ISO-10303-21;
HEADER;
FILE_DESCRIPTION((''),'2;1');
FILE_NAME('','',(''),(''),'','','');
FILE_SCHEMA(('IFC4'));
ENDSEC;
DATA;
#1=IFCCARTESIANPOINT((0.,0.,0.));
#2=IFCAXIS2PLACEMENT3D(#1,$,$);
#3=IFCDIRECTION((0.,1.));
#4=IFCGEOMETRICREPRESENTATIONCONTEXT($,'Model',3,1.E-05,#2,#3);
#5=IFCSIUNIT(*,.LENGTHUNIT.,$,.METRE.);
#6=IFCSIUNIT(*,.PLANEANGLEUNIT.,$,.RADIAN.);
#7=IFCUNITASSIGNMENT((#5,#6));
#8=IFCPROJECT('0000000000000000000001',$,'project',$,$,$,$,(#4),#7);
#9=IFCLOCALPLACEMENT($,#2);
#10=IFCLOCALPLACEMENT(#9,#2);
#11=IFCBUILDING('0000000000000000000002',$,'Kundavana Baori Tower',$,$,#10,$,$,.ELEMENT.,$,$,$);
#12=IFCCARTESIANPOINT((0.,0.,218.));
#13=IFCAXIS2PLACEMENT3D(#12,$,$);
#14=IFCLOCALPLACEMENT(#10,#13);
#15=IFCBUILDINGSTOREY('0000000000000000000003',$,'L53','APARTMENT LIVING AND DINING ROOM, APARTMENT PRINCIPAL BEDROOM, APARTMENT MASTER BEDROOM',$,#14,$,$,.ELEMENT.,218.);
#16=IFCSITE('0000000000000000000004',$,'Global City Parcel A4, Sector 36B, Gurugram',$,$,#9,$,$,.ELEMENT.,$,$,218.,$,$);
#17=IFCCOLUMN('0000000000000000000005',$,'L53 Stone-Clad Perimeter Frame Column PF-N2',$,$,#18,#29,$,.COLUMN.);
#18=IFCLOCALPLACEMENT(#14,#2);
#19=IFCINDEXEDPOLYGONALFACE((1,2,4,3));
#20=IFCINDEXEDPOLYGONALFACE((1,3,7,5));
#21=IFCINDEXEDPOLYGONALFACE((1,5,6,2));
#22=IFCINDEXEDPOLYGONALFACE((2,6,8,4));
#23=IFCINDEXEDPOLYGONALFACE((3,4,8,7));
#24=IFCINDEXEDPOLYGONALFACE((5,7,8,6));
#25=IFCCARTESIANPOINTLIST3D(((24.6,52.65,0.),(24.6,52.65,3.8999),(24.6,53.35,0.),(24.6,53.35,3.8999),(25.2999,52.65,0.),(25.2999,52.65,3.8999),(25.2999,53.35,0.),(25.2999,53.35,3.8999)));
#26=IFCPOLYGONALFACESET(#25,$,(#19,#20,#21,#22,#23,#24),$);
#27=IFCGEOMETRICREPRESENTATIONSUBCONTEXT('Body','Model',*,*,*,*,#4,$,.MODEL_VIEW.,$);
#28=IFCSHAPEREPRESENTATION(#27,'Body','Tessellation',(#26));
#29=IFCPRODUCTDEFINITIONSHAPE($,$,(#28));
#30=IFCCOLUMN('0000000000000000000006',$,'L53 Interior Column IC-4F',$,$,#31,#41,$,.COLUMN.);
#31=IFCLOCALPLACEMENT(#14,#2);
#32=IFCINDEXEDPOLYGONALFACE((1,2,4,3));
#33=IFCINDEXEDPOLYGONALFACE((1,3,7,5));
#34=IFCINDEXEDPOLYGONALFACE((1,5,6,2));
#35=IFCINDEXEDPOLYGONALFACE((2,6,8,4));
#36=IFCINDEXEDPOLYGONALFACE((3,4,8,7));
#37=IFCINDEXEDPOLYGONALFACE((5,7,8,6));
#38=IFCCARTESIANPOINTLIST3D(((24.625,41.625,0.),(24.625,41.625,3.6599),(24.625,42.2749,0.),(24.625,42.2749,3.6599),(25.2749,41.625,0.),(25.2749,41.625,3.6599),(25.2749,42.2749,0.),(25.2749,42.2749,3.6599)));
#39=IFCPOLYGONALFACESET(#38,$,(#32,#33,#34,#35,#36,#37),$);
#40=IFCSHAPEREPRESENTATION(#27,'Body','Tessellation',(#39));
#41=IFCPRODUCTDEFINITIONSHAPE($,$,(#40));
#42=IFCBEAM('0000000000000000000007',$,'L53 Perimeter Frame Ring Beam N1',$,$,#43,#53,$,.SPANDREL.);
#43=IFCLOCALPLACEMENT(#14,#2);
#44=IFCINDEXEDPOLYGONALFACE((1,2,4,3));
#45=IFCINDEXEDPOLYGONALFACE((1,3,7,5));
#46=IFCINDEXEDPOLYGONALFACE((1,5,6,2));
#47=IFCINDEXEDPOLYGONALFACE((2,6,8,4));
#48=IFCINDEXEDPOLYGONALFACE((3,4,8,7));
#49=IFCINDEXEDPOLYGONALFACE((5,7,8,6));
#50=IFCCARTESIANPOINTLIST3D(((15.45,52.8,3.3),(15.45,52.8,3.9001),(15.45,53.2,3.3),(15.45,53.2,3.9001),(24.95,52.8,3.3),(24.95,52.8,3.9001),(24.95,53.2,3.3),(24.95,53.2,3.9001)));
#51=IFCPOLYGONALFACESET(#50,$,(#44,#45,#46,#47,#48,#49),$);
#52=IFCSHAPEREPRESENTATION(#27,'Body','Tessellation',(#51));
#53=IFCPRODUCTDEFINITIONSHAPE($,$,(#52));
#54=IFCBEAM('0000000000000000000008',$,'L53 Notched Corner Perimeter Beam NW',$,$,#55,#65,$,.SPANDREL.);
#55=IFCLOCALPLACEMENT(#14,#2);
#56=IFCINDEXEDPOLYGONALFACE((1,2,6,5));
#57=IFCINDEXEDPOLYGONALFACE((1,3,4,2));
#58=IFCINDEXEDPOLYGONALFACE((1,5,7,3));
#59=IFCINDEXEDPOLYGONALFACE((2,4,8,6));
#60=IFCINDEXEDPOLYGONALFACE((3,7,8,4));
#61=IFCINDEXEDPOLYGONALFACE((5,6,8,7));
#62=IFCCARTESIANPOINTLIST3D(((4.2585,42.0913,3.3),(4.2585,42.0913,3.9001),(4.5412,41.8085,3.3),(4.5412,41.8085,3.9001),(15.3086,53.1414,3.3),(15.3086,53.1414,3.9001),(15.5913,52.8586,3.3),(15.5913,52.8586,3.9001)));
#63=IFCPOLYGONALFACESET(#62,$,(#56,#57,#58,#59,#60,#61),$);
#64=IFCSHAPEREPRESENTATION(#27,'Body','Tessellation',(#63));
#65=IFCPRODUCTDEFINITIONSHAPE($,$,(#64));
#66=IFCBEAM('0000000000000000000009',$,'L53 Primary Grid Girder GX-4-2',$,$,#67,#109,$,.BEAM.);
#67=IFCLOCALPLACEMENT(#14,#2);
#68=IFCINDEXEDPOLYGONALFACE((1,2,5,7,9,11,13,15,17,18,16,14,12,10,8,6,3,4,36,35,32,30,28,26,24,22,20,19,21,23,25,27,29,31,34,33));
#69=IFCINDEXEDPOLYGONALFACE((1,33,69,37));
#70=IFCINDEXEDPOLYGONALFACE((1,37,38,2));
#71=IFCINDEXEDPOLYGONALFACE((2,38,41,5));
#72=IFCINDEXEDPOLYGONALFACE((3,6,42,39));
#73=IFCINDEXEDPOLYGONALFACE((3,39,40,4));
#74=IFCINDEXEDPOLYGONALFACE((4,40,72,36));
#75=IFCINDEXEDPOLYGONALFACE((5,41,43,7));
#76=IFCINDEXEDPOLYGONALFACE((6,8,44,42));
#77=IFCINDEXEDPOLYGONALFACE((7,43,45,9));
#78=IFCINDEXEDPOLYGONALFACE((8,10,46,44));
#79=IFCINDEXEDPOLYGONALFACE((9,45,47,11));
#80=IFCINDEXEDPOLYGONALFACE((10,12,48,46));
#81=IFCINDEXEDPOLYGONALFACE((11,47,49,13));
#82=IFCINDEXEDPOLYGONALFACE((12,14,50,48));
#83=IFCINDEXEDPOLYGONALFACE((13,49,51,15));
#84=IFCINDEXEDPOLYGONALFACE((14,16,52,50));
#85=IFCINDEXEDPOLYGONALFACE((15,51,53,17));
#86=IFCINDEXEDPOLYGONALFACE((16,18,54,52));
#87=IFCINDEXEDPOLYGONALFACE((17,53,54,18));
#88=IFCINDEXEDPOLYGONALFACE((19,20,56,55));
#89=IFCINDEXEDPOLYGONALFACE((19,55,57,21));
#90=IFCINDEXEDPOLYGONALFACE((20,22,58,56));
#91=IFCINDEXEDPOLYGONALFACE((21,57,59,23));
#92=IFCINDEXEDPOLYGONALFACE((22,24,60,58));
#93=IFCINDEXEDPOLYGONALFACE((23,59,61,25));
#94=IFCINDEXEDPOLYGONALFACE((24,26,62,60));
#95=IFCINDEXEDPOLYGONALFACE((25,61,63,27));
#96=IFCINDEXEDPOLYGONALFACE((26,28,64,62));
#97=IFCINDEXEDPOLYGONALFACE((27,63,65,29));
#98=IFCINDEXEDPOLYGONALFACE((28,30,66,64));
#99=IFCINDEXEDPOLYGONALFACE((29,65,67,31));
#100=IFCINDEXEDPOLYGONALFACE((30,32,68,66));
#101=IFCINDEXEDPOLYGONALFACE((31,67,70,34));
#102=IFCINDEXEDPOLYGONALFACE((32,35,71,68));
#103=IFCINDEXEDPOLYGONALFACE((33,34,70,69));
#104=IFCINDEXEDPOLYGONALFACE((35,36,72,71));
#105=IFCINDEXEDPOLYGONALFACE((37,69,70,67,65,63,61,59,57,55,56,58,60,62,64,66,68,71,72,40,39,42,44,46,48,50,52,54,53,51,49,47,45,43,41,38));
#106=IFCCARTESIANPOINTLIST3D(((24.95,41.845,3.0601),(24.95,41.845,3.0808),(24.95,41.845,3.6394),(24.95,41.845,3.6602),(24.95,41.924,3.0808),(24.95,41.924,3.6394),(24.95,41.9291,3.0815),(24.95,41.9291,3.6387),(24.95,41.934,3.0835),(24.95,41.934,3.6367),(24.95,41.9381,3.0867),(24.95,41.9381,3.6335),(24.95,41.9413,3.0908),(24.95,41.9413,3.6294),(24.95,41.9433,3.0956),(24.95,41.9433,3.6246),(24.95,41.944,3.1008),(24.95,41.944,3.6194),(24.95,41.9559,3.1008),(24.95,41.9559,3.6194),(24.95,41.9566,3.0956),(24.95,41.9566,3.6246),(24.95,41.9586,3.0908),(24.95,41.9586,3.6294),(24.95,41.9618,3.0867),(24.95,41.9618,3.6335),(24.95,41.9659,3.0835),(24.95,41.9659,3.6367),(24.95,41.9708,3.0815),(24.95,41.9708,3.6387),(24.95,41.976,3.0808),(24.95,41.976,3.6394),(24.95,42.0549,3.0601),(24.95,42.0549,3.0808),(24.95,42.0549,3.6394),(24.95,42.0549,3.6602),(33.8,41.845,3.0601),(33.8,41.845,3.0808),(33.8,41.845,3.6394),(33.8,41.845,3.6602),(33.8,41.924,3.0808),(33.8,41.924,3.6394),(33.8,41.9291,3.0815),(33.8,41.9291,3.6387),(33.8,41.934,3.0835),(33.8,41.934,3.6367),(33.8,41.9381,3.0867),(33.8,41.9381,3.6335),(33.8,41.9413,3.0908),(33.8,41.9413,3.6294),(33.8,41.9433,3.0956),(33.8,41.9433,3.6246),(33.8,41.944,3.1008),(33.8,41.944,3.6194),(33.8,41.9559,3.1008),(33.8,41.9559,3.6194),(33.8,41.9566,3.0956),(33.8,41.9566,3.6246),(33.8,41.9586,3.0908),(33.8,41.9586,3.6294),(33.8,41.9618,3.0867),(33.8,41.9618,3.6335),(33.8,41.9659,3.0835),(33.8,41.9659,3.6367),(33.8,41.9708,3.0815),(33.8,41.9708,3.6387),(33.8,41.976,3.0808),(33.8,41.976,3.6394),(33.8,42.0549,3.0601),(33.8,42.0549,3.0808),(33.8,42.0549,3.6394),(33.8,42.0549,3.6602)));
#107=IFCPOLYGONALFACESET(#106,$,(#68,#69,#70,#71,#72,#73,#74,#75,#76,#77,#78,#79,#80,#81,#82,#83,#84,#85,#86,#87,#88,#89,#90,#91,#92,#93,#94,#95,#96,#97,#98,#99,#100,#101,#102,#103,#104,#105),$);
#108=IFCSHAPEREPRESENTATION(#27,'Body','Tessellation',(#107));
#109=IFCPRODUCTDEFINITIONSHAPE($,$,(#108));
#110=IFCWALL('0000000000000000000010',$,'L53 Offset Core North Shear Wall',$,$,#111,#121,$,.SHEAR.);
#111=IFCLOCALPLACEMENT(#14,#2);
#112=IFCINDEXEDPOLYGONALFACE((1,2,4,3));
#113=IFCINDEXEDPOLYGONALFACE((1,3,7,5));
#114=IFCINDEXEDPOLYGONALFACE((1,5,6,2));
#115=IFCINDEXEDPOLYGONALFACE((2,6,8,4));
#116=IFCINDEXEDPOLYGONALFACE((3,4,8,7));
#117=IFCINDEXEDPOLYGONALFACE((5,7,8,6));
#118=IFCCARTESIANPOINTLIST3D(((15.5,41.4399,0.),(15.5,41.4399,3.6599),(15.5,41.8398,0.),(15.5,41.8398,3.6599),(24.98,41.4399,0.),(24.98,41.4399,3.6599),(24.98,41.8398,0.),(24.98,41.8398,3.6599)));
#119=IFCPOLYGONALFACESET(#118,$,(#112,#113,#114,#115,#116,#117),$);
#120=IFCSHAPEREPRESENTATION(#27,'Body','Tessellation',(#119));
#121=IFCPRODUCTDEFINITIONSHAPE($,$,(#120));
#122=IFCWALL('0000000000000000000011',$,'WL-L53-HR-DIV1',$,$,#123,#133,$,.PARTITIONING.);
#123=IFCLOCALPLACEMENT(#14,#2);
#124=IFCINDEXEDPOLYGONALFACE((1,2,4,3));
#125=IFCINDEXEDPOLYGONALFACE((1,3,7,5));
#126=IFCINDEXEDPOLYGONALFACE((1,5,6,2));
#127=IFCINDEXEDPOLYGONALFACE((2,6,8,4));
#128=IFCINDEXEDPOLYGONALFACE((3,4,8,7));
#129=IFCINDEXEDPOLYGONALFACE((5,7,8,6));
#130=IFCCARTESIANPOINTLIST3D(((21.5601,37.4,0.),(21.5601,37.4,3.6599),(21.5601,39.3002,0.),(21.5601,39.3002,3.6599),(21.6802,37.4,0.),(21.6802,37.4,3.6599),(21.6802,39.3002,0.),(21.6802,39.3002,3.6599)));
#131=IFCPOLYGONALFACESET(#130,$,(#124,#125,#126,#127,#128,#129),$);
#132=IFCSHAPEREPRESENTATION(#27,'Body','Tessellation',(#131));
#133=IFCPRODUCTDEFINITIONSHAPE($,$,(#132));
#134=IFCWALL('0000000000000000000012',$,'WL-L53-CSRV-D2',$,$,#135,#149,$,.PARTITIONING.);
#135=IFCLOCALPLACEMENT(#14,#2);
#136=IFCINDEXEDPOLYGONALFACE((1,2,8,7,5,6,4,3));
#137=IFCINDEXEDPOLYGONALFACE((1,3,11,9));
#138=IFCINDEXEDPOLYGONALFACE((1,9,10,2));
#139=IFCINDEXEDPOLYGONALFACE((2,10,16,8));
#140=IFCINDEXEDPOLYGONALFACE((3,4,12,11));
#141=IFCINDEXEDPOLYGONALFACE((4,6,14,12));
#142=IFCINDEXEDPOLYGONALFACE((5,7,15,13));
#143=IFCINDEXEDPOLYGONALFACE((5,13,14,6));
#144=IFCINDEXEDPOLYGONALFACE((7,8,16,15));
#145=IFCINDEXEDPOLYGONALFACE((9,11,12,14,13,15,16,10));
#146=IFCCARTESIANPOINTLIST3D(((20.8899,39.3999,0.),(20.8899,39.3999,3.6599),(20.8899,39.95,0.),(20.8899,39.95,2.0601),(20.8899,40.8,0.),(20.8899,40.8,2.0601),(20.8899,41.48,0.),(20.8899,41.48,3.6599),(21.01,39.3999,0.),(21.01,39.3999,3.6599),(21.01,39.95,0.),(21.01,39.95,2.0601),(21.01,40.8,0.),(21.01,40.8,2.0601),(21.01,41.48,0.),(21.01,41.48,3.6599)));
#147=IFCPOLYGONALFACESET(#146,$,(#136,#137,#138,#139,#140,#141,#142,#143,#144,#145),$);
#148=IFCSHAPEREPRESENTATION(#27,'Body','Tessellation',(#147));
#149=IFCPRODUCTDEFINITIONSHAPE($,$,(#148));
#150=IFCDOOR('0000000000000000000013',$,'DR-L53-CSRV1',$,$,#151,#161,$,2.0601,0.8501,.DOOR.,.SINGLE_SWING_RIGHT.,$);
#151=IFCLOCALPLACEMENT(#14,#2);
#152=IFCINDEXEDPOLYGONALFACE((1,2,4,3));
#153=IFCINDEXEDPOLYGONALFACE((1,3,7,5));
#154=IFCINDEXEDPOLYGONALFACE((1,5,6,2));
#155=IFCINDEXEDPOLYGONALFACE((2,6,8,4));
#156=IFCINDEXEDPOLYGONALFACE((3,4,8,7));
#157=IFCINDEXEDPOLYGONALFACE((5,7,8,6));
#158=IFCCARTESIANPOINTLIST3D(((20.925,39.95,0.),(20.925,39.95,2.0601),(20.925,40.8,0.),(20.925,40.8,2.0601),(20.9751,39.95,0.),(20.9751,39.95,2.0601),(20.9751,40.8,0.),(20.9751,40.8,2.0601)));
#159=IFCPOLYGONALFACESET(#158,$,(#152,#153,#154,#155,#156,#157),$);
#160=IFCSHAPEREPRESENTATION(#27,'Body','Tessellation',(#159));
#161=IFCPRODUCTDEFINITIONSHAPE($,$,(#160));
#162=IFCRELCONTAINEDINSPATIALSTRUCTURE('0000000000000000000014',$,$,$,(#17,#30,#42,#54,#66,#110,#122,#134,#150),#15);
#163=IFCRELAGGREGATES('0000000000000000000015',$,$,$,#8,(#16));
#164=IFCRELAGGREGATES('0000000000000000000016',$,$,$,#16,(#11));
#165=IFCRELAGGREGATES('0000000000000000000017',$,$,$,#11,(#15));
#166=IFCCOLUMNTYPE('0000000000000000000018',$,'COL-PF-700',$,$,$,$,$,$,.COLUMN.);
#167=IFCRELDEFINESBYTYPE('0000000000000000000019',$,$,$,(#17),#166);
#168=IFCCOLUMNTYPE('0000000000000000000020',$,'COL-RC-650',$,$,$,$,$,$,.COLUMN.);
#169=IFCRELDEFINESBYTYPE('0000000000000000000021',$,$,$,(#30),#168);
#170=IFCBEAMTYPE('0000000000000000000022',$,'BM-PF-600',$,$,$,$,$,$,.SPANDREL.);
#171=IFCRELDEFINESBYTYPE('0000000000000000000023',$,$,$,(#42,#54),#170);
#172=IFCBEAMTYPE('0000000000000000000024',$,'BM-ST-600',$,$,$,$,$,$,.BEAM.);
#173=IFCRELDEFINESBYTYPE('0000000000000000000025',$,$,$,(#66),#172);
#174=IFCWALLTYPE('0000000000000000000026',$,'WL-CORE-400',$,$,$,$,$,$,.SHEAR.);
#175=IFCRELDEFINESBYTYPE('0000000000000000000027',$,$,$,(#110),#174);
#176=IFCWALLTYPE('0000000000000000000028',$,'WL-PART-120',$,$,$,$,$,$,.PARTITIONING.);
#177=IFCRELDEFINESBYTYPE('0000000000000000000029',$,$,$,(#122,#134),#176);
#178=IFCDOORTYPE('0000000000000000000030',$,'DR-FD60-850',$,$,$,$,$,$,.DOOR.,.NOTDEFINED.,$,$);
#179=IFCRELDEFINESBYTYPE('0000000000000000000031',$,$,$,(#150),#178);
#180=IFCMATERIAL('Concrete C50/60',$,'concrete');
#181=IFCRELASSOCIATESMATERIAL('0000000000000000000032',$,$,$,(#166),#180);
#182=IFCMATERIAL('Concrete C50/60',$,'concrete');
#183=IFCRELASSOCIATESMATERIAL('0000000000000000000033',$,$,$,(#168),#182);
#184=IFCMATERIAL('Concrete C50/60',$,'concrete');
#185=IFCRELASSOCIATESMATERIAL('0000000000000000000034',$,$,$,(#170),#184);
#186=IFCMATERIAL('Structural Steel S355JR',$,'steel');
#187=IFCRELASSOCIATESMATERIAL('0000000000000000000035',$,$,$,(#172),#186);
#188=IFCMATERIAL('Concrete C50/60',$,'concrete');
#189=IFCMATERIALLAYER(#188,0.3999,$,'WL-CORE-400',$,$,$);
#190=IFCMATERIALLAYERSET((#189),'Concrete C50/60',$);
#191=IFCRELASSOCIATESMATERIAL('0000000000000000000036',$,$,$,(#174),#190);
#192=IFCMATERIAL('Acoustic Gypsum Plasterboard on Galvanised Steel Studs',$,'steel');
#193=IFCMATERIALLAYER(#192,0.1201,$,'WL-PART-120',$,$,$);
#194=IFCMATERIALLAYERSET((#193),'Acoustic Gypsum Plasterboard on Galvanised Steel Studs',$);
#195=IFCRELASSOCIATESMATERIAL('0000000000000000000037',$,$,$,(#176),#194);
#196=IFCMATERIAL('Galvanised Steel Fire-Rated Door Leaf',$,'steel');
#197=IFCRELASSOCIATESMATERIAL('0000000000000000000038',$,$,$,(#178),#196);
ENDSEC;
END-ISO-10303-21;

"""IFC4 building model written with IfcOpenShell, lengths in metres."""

from ifc_helpers import new_model, si_unit, direction, frame, frame_2d, origin, origin_2d, place, context, subcontext, project, spatial, rectangle, i_section, extrude, material, layer, layer_set, material_profile, profile_set, type_object, element, fill, save


model = new_model("IFC4")

# Units and contexts
model_context = context("Model", 3, precision=1e-05, world=origin(), true_north=direction((0.0, 1.0)))
body_context = subcontext(model_context, "Body", "Model", "MODEL_VIEW")
ifc_project = project(units=[si_unit("LENGTHUNIT", "METRE"), si_unit("PLANEANGLEUNIT", "RADIAN")], contexts=[model_context])

# Site, building, storey
site_placement = place(None, origin())
site = spatial("IfcSite", under=ifc_project, at=site_placement, Name="Global City Parcel A4, Sector 36B, Gurugram", CompositionType="ELEMENT", RefElevation=218.0)
building_placement = place(site_placement, origin())
building = spatial("IfcBuilding", under=site, at=building_placement, Name="Kundavana Baori Tower", CompositionType="ELEMENT")
storey_placement = place(building_placement, frame((0.0, 0.0, 218.0)))
storey = spatial("IfcBuildingStorey", under=building, at=storey_placement, Name="L53", Description="APARTMENT LIVING AND DINING ROOM, APARTMENT PRINCIPAL BEDROOM, APARTMENT MASTER BEDROOM", CompositionType="ELEMENT", Elevation=218.0)

# Columns
ifc_material_1 = material(Name="Concrete C50/60", Category="concrete")
ifc_material_profile_1 = material_profile(ifc_material_1, rectangle(XDim=0.7, YDim=0.7, at=origin_2d()), Name="RC PF 700x700")
ifc_profile_set_1 = profile_set([ifc_material_profile_1], Name="Concrete C50/60")
column_type_1 = type_object("IfcColumnType", Name="COL-PF-700", PredefinedType="COLUMN", material=ifc_profile_set_1)
column_1_placement = place(storey_placement, frame((24.95, 53.0, 0.0), z_axis=(0.0, 0.0, 1.0), x_axis=(1.0, 0.0, 0.0)))
element("IfcColumn", 1, at=column_1_placement, inside=storey, type_object=column_type_1, Name="L53 Stone-Clad Perimeter Frame Column PF-N2", PredefinedType="COLUMN", context=body_context, shape_type="SweptSolid", body=[
    extrude(rectangle(XDim=0.7, YDim=0.7, at=origin_2d()), origin(), (0.0, 0.0, 1.0), 3.8999),
])
ifc_material_2 = material(Name="Concrete C50/60", Category="concrete")
ifc_material_profile_2 = material_profile(ifc_material_2, rectangle(XDim=0.6499, YDim=0.6499, at=origin_2d()), Name="RC 650x650")
ifc_profile_set_2 = profile_set([ifc_material_profile_2], Name="Concrete C50/60")
column_type_2 = type_object("IfcColumnType", Name="COL-RC-650", PredefinedType="COLUMN", material=ifc_profile_set_2)
column_2_placement = place(storey_placement, frame((24.95, 41.95, 0.0), z_axis=(0.0, 0.0, 1.0), x_axis=(1.0, 0.0, 0.0)))
element("IfcColumn", 2, at=column_2_placement, inside=storey, type_object=column_type_2, Name="L53 Interior Column IC-4F", PredefinedType="COLUMN", context=body_context, shape_type="SweptSolid", body=[
    extrude(rectangle(XDim=0.6499, YDim=0.6499, at=origin_2d()), origin(), (0.0, 0.0, 1.0), 3.6599),
])

# Beams
ifc_material_3 = material(Name="Concrete C50/60", Category="concrete")
ifc_material_profile_3 = material_profile(ifc_material_3, rectangle(XDim=0.3999, YDim=0.6001, at=origin_2d()), Name="RC BM 400x600")
ifc_profile_set_3 = profile_set([ifc_material_profile_3], Name="Concrete C50/60")
beam_type_1 = type_object("IfcBeamType", Name="BM-PF-600", PredefinedType="SPANDREL", material=ifc_profile_set_3)
beam_1_placement = place(storey_placement, frame((15.45, 53.0, 3.6001), z_axis=(1.0, 0.0, 0.0), x_axis=(0.0, 1.0, 0.0)))
element("IfcBeam", 3, at=beam_1_placement, inside=storey, type_object=beam_type_1, Name="L53 Perimeter Frame Ring Beam N1", PredefinedType="SPANDREL", context=body_context, shape_type="SweptSolid", body=[
    extrude(rectangle(XDim=0.3999, YDim=0.6001, at=origin_2d()), origin(), (0.0, 0.0, 1.0), 9.5),
])
beam_2_placement = place(storey_placement, frame((15.45, 53.0, 3.6001), z_axis=(-0.707107, -0.707107, 0.0), x_axis=(0.707107, -0.707107, 0.0)))
element("IfcBeam", 4, at=beam_2_placement, inside=storey, type_object=beam_type_1, Name="L53 Notched Corner Perimeter Beam NW", PredefinedType="SPANDREL", context=body_context, shape_type="SweptSolid", body=[
    extrude(rectangle(XDim=0.3999, YDim=0.6001, at=origin_2d()), origin(), (0.0, 0.0, 1.0), 15.6272),
])
ifc_material_4 = material(Name="Structural Steel S355JR", Category="steel")
ifc_material_profile_4 = material_profile(ifc_material_4, i_section(OverallWidth=0.21, OverallDepth=0.6001, WebThickness=0.012, FlangeThickness=0.0208, FilletRadius=0.02, at=origin_2d()), Name="ISMB 600")
ifc_profile_set_4 = profile_set([ifc_material_profile_4], Name="Structural Steel S355JR")
beam_type_2 = type_object("IfcBeamType", Name="BM-ST-600", PredefinedType="BEAM", material=ifc_profile_set_4)
beam_3_placement = place(storey_placement, frame((24.95, 41.95, 3.3601), z_axis=(1.0, 0.0, 0.0), x_axis=(0.0, 1.0, 0.0)))
element("IfcBeam", 5, at=beam_3_placement, inside=storey, type_object=beam_type_2, Name="L53 Primary Grid Girder GX-4-2", PredefinedType="BEAM", context=body_context, shape_type="SweptSolid", body=[
    extrude(i_section(OverallWidth=0.21, OverallDepth=0.6001, WebThickness=0.012, FlangeThickness=0.0208, FilletRadius=0.02, at=origin_2d()), origin(), (0.0, 0.0, 1.0), 8.8501),
])

# Walls
ifc_material_5 = material(Name="Concrete C50/60", Category="concrete")
ifc_layer_1 = layer(ifc_material_5, 0.3999, Name="WL-CORE-400")
ifc_layer_set_1 = layer_set([ifc_layer_1], Name="Concrete C50/60")
wall_type_1 = type_object("IfcWallType", Name="WL-CORE-400", PredefinedType="SHEAR", material=ifc_layer_set_1)
wall_1_placement = place(storey_placement, frame((15.5, 41.6399, 0.0), z_axis=(0.0, 0.0, 1.0), x_axis=(1.0, 0.0, 0.0)))
element("IfcWall", 6, at=wall_1_placement, inside=storey, type_object=wall_type_1, Name="L53 Offset Core North Shear Wall", PredefinedType="SHEAR", context=body_context, shape_type="SweptSolid", body=[
    extrude(rectangle(XDim=9.48, YDim=0.3999, at=frame_2d((4.74, 0.0))), origin(), (0.0, 0.0, 1.0), 3.6599),
])
ifc_material_6 = material(Name="Acoustic Gypsum Plasterboard on Galvanised Steel Studs", Category="steel")
ifc_layer_2 = layer(ifc_material_6, 0.1201, Name="WL-PART-120")
ifc_layer_set_2 = layer_set([ifc_layer_2], Name="Acoustic Gypsum Plasterboard on Galvanised Steel Studs")
wall_type_2 = type_object("IfcWallType", Name="WL-PART-120", PredefinedType="PARTITIONING", material=ifc_layer_set_2)
wall_2_placement = place(storey_placement, frame((21.6201, 37.3999, 0.0), z_axis=(0.0, 0.0, 1.0), x_axis=(0.0, 1.0, 0.0)))
element("IfcWall", 7, at=wall_2_placement, inside=storey, type_object=wall_type_2, Name="WL-L53-HR-DIV1", PredefinedType="PARTITIONING", context=body_context, shape_type="SweptSolid", body=[
    extrude(rectangle(XDim=1.9001, YDim=0.1201, at=frame_2d((0.9502, 0.0))), origin(), (0.0, 0.0, 1.0), 3.6599),
])

# Wall, opening, door
wall_3_placement = place(storey_placement, frame((20.95, 39.3999, 0.0), z_axis=(0.0, 0.0, 1.0), x_axis=(0.0, 1.0, 0.0)))
wall_3 = element("IfcWall", 8, at=wall_3_placement, inside=storey, type_object=wall_type_2, Name="WL-L53-CSRV-D2", PredefinedType="PARTITIONING", context=body_context, shape_type="SweptSolid", body=[
    extrude(rectangle(XDim=2.0801, YDim=0.1201, at=frame_2d((1.04, 0.0))), origin(), (0.0, 0.0, 1.0), 3.6599),
])
opening_1_placement = place(wall_3_placement, frame((0.55, 0.0, 0.0)))
opening_1 = element("IfcOpeningElement", 9, at=opening_1_placement, cuts=wall_3, PredefinedType="OPENING", context=body_context, shape_type="SweptSolid", body=[
    extrude(rectangle(XDim=0.8501, YDim=2.0601, at=frame_2d((0.425, 1.03))), frame((0.0, 0.0701, 0.0), z_axis=(0.0, -1.0, 0.0), x_axis=(1.0, 0.0, 0.0)), (0.0, 0.0, 1.0), 0.1401),
])
ifc_material_7 = material(Name="Galvanised Steel Fire-Rated Door Leaf", Category="steel")
door_type_1 = type_object("IfcDoorType", Name="DR-FD60-850", OperationType="NOTDEFINED", PredefinedType="DOOR", material=ifc_material_7)
door_1_placement = place(opening_1_placement, origin())
door_1 = element("IfcDoor", 10, at=door_1_placement, inside=storey, type_object=door_type_1, Name="DR-L53-CSRV1", OperationType="SINGLE_SWING_RIGHT", OverallHeight=2.0601, OverallWidth=0.8501, PredefinedType="DOOR", context=body_context, shape_type="SweptSolid", body=[
    extrude(rectangle(XDim=0.8501, YDim=2.0601, at=frame_2d((0.425, 1.03))), frame((0.0, 0.0249, 0.0), z_axis=(0.0, -1.0, 0.0), x_axis=(1.0, 0.0, 0.0)), (0.0, 0.0, 1.0), 0.05),
])
fill(opening_1, door_1)

save(model, "model.ifc")
